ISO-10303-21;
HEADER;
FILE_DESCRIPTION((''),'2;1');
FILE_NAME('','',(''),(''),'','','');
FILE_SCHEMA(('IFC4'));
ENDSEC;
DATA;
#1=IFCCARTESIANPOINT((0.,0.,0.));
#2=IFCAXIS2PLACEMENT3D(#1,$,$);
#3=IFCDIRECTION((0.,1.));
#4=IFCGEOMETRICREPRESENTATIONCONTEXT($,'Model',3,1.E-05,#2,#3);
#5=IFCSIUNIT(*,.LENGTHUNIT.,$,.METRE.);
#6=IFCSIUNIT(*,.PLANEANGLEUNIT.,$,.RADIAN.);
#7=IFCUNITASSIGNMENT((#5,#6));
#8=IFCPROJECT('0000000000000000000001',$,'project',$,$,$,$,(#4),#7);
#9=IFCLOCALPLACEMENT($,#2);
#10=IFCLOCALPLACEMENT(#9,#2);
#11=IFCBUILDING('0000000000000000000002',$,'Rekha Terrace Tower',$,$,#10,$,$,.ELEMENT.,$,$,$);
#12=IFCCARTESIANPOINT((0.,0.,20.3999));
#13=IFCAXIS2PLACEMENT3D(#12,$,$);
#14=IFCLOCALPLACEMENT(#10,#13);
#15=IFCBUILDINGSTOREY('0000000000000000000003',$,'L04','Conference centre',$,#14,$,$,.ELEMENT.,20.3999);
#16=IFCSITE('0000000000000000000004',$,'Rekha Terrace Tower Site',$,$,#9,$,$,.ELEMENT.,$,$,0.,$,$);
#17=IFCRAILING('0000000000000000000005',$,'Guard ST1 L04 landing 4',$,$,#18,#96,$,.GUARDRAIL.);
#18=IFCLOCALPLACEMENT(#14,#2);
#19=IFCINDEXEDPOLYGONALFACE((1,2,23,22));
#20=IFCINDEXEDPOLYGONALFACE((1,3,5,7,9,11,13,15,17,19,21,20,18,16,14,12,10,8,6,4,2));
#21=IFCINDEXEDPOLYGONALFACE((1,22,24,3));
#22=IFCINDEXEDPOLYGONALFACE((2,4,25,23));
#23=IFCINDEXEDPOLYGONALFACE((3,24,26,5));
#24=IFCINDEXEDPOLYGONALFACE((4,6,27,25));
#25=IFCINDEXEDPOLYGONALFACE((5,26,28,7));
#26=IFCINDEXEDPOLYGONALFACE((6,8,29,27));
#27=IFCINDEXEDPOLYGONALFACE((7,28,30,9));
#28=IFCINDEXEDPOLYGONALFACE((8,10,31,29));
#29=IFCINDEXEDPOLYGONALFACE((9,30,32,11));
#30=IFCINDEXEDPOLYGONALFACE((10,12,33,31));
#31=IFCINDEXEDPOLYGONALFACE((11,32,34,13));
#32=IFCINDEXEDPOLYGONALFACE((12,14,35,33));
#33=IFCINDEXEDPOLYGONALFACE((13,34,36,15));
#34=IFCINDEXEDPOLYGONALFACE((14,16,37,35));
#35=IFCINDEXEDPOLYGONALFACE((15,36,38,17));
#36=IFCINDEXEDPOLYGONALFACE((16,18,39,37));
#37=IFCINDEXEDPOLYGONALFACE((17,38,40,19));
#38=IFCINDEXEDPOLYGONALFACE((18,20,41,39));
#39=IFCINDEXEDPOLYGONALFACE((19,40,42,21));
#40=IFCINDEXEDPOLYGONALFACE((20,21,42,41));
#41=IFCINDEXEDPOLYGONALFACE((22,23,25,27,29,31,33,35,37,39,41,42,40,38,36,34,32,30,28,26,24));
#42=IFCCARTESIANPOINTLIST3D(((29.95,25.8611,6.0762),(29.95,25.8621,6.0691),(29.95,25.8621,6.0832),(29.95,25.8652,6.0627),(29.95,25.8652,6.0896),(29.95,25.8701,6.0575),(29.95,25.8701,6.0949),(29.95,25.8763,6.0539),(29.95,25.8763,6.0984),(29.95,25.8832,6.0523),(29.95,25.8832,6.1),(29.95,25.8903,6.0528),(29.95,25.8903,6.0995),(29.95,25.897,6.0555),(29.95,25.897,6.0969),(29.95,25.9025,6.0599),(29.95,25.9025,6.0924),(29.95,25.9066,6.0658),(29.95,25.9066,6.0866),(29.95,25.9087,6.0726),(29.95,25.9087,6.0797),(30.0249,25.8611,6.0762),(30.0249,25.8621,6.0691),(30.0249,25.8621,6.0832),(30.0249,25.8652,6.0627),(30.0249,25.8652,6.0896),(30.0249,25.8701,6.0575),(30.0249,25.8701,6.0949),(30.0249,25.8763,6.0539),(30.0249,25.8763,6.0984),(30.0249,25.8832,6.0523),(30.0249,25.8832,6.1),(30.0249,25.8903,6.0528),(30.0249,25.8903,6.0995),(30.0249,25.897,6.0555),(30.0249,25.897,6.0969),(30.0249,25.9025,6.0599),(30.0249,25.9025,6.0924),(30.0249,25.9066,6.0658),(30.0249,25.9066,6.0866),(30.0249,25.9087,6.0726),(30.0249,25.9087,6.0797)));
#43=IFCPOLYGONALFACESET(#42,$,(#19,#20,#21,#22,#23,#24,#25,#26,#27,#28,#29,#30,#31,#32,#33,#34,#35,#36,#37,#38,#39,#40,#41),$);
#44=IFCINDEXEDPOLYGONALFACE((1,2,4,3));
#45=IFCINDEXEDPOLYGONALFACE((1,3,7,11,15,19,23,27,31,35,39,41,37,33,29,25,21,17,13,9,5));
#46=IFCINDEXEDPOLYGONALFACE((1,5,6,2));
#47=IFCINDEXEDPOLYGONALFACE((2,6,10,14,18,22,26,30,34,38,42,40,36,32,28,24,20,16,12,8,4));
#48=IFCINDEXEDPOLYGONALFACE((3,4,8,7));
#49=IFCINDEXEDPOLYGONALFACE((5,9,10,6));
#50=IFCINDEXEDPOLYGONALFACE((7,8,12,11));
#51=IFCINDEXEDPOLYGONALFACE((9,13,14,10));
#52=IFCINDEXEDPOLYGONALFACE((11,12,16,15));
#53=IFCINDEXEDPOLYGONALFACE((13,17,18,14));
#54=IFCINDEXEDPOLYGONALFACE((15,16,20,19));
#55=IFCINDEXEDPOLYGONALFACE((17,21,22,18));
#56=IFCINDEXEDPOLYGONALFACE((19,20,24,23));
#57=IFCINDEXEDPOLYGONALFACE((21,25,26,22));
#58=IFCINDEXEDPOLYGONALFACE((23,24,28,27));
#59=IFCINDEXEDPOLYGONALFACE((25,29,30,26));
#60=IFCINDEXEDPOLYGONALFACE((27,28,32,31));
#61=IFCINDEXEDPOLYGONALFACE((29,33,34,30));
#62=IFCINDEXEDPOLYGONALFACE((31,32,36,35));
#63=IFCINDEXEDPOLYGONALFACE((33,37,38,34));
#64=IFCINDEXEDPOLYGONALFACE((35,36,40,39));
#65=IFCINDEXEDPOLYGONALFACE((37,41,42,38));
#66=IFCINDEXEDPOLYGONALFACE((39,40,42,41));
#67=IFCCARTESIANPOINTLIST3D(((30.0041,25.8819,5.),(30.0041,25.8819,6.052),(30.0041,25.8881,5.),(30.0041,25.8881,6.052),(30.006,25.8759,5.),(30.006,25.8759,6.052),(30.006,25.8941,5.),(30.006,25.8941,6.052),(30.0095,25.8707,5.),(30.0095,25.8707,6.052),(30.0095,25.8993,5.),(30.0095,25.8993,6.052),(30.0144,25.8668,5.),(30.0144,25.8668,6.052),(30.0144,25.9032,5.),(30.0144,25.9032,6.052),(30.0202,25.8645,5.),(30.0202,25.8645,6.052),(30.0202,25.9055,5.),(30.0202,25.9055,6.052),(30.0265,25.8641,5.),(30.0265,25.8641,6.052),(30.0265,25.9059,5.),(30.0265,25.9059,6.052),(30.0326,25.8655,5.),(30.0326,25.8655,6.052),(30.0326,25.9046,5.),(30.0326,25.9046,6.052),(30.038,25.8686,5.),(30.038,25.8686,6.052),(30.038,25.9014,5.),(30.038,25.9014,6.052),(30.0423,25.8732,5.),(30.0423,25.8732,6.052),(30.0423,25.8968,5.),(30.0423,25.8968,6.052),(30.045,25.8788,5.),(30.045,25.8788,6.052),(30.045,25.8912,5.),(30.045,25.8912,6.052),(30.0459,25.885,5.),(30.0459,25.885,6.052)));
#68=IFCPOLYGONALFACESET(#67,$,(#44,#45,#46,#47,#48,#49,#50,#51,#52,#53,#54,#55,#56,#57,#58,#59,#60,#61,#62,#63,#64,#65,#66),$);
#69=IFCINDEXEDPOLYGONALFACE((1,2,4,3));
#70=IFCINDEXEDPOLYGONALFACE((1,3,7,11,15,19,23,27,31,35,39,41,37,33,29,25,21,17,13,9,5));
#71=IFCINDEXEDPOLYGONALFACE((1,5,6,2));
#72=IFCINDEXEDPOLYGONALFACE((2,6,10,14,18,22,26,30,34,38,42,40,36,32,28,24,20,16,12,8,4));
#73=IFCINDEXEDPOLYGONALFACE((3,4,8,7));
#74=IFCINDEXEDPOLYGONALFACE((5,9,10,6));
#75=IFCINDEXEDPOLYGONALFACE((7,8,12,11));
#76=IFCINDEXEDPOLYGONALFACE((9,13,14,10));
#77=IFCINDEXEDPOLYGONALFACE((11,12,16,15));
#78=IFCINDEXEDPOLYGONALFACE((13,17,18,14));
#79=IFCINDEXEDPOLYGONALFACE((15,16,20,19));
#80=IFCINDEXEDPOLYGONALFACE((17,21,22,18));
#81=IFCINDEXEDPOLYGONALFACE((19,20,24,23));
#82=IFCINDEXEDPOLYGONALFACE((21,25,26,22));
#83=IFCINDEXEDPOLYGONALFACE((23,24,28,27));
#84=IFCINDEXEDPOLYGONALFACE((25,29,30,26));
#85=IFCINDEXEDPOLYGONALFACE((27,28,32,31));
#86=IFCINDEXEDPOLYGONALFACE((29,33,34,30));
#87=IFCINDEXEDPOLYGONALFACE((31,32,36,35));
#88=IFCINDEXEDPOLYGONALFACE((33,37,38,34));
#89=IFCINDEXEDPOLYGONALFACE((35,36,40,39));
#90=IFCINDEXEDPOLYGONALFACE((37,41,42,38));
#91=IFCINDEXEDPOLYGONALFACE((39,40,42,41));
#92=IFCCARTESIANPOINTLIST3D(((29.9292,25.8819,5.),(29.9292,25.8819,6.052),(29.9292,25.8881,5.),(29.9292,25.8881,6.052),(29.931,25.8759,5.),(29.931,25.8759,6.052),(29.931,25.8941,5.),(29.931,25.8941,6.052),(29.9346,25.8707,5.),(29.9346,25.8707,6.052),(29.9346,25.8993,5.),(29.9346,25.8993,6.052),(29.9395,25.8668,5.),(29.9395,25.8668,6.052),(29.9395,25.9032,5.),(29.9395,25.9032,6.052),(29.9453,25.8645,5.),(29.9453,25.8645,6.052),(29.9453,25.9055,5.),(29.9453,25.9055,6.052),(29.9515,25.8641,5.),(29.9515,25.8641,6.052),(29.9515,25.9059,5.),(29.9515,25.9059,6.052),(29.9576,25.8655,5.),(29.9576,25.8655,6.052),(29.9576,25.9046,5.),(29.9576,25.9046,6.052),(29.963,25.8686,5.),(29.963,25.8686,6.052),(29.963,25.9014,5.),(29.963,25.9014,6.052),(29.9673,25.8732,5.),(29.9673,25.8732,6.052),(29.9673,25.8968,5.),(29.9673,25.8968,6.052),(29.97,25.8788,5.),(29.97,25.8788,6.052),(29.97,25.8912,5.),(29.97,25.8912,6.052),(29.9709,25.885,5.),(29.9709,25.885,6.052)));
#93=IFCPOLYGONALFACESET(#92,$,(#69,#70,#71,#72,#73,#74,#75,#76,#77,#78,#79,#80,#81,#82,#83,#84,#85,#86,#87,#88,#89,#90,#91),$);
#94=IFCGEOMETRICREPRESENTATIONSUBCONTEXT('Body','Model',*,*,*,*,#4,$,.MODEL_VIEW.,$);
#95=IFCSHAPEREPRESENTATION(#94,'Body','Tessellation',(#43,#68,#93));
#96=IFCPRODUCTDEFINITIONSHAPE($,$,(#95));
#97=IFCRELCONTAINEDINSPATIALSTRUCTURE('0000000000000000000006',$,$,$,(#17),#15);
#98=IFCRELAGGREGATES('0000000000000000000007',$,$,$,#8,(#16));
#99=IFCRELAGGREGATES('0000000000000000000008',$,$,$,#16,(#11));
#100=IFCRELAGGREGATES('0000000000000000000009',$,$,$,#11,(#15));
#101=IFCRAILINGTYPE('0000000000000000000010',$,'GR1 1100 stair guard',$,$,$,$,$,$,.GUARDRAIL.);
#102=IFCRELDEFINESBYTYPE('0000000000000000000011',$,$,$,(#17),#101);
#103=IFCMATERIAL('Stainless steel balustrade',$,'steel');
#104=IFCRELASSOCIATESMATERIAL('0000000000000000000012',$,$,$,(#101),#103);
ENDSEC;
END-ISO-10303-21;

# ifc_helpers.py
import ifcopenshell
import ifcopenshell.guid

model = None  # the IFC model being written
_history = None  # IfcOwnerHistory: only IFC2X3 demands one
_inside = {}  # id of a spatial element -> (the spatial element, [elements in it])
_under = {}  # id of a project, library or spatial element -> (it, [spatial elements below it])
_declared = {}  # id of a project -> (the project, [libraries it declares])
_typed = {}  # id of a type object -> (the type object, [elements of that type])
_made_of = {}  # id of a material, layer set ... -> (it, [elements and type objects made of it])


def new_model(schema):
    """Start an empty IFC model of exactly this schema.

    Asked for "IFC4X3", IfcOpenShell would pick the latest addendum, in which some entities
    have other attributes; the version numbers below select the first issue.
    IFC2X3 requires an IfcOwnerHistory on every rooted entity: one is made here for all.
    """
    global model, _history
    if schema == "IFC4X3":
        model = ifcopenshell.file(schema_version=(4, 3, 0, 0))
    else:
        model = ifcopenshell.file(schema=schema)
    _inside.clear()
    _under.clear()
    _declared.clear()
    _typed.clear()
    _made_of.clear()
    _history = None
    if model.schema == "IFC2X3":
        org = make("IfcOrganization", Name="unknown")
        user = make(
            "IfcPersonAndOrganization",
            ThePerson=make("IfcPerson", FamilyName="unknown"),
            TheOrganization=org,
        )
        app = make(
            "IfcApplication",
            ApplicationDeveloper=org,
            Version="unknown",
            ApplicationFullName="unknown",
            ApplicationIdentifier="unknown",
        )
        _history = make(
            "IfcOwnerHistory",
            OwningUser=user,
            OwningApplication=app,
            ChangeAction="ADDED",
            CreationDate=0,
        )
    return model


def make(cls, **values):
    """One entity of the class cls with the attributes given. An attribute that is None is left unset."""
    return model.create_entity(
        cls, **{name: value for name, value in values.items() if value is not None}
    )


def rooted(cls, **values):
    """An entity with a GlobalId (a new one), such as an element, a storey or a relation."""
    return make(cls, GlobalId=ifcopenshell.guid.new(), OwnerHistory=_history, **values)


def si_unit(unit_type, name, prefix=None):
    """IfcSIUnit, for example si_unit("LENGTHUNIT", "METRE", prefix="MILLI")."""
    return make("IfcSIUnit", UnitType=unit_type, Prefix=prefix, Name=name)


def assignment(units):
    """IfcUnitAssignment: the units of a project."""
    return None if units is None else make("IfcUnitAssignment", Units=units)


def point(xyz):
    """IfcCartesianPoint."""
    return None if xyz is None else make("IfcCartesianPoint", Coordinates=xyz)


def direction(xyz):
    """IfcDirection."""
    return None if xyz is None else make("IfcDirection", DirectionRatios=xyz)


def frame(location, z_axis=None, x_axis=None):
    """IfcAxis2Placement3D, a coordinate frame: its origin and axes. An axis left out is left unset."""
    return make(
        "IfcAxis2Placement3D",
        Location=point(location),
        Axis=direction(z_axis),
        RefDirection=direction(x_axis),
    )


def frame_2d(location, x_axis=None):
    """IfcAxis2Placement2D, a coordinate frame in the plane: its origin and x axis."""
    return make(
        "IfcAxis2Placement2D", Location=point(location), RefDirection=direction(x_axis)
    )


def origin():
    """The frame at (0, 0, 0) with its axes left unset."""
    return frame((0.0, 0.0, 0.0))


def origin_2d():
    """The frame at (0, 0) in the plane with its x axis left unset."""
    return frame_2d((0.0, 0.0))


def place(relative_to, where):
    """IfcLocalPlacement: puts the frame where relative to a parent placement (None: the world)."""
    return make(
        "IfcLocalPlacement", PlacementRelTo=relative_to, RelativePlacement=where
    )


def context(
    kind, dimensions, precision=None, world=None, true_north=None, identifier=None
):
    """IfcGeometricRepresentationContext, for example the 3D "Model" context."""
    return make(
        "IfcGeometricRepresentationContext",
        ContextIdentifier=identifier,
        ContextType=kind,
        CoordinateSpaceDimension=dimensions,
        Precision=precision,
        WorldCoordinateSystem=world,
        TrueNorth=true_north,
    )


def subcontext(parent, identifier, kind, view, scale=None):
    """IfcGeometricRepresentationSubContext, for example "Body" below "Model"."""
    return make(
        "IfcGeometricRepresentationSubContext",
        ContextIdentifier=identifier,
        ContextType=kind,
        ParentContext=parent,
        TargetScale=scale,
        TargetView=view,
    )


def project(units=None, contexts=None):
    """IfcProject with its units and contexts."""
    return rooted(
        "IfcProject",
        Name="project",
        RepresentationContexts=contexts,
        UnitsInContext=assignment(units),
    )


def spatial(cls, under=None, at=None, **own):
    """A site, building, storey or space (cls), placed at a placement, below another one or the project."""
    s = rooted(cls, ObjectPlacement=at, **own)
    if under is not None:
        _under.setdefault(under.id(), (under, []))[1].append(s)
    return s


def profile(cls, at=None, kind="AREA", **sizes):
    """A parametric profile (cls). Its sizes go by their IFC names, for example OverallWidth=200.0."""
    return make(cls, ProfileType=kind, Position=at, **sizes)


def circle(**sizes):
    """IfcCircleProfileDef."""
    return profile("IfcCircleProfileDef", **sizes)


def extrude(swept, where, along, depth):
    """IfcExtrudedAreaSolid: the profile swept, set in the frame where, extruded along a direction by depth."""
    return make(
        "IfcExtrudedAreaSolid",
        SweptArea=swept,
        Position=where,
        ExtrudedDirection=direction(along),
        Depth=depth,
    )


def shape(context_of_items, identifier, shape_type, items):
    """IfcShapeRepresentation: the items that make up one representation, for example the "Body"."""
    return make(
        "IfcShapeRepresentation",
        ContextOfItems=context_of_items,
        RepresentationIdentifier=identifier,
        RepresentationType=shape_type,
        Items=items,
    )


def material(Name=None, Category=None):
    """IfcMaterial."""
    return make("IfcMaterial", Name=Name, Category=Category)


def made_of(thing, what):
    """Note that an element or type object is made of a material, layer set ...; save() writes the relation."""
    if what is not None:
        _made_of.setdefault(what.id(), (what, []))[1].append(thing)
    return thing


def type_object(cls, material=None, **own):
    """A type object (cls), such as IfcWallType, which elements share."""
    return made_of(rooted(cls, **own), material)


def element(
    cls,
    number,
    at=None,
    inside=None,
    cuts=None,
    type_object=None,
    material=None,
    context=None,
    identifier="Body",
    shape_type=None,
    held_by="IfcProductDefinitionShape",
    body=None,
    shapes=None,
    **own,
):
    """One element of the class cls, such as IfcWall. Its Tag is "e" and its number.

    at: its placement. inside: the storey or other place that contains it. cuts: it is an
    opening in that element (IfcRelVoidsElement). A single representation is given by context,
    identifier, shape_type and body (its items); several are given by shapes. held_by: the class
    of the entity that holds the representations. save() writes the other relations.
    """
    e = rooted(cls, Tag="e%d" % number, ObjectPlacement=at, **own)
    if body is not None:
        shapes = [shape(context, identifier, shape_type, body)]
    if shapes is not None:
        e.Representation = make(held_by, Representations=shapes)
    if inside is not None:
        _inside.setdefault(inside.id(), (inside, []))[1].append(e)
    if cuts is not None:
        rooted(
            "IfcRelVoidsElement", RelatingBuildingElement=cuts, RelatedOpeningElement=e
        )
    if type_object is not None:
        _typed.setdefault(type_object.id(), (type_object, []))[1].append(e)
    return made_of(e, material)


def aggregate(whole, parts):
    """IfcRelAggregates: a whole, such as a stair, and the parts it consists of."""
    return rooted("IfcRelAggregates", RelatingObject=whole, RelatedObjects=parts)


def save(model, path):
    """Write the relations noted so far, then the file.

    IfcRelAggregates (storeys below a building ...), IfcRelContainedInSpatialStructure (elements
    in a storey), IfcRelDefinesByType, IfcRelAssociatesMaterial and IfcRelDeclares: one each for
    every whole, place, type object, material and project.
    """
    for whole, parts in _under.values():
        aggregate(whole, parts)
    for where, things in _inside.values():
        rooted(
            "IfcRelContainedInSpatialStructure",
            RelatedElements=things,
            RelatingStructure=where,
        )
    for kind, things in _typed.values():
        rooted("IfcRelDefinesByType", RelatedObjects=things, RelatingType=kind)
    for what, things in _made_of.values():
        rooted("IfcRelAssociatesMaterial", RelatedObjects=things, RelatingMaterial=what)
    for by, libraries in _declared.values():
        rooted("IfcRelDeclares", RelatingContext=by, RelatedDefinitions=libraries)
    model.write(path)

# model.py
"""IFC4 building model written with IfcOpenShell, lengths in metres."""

from ifc_helpers import new_model, si_unit, direction, frame, origin, origin_2d, place, context, subcontext, project, spatial, circle, extrude, material, type_object, element, save


model = new_model("IFC4")

# Units and contexts
model_context = context("Model", 3, precision=1e-05, world=origin(), true_north=direction((0.0, 1.0)))
body_context = subcontext(model_context, "Body", "Model", "MODEL_VIEW")
ifc_project = project(units=[si_unit("LENGTHUNIT", "METRE"), si_unit("PLANEANGLEUNIT", "RADIAN")], contexts=[model_context])

# Site, building, storey
site_placement = place(None, origin())
site = spatial("IfcSite", under=ifc_project, at=site_placement, Name="Rekha Terrace Tower Site", CompositionType="ELEMENT", RefElevation=0.0)
building_placement = place(site_placement, origin())
building = spatial("IfcBuilding", under=site, at=building_placement, Name="Rekha Terrace Tower", CompositionType="ELEMENT")
storey_placement = place(building_placement, frame((0.0, 0.0, 20.3999)))
storey = spatial("IfcBuildingStorey", under=building, at=storey_placement, Name="L04", Description="Conference centre", CompositionType="ELEMENT", Elevation=20.3999)

# Railing
ifc_material_1 = material(Name="Stainless steel balustrade", Category="steel")
railing_type_1 = type_object("IfcRailingType", Name="GR1 1100 stair guard", PredefinedType="GUARDRAIL", material=ifc_material_1)
railing_1_placement = place(storey_placement, frame((30.0249, 25.885, 5.0)))
element("IfcRailing", 1, at=railing_1_placement, inside=storey, type_object=railing_type_1, Name="Guard ST1 L04 landing 4", PredefinedType="GUARDRAIL", context=body_context, shape_type="SweptSolid", body=[
    extrude(circle(Radius=0.0239, at=origin_2d()), frame((0.0, 0.0, 1.0762), z_axis=(-1.0, 0.0, 0.0), x_axis=(0.0, -1.0, 0.0)), (0.0, 0.0, 1.0), 0.075),
    extrude(circle(Radius=0.021, at=origin_2d()), origin(), (0.0, 0.0, 1.0), 1.052),
    extrude(circle(Radius=0.021, at=origin_2d()), frame((-0.075, 0.0, 0.0)), (0.0, 0.0, 1.0), 1.052),
])

save(model, "model.ifc")
